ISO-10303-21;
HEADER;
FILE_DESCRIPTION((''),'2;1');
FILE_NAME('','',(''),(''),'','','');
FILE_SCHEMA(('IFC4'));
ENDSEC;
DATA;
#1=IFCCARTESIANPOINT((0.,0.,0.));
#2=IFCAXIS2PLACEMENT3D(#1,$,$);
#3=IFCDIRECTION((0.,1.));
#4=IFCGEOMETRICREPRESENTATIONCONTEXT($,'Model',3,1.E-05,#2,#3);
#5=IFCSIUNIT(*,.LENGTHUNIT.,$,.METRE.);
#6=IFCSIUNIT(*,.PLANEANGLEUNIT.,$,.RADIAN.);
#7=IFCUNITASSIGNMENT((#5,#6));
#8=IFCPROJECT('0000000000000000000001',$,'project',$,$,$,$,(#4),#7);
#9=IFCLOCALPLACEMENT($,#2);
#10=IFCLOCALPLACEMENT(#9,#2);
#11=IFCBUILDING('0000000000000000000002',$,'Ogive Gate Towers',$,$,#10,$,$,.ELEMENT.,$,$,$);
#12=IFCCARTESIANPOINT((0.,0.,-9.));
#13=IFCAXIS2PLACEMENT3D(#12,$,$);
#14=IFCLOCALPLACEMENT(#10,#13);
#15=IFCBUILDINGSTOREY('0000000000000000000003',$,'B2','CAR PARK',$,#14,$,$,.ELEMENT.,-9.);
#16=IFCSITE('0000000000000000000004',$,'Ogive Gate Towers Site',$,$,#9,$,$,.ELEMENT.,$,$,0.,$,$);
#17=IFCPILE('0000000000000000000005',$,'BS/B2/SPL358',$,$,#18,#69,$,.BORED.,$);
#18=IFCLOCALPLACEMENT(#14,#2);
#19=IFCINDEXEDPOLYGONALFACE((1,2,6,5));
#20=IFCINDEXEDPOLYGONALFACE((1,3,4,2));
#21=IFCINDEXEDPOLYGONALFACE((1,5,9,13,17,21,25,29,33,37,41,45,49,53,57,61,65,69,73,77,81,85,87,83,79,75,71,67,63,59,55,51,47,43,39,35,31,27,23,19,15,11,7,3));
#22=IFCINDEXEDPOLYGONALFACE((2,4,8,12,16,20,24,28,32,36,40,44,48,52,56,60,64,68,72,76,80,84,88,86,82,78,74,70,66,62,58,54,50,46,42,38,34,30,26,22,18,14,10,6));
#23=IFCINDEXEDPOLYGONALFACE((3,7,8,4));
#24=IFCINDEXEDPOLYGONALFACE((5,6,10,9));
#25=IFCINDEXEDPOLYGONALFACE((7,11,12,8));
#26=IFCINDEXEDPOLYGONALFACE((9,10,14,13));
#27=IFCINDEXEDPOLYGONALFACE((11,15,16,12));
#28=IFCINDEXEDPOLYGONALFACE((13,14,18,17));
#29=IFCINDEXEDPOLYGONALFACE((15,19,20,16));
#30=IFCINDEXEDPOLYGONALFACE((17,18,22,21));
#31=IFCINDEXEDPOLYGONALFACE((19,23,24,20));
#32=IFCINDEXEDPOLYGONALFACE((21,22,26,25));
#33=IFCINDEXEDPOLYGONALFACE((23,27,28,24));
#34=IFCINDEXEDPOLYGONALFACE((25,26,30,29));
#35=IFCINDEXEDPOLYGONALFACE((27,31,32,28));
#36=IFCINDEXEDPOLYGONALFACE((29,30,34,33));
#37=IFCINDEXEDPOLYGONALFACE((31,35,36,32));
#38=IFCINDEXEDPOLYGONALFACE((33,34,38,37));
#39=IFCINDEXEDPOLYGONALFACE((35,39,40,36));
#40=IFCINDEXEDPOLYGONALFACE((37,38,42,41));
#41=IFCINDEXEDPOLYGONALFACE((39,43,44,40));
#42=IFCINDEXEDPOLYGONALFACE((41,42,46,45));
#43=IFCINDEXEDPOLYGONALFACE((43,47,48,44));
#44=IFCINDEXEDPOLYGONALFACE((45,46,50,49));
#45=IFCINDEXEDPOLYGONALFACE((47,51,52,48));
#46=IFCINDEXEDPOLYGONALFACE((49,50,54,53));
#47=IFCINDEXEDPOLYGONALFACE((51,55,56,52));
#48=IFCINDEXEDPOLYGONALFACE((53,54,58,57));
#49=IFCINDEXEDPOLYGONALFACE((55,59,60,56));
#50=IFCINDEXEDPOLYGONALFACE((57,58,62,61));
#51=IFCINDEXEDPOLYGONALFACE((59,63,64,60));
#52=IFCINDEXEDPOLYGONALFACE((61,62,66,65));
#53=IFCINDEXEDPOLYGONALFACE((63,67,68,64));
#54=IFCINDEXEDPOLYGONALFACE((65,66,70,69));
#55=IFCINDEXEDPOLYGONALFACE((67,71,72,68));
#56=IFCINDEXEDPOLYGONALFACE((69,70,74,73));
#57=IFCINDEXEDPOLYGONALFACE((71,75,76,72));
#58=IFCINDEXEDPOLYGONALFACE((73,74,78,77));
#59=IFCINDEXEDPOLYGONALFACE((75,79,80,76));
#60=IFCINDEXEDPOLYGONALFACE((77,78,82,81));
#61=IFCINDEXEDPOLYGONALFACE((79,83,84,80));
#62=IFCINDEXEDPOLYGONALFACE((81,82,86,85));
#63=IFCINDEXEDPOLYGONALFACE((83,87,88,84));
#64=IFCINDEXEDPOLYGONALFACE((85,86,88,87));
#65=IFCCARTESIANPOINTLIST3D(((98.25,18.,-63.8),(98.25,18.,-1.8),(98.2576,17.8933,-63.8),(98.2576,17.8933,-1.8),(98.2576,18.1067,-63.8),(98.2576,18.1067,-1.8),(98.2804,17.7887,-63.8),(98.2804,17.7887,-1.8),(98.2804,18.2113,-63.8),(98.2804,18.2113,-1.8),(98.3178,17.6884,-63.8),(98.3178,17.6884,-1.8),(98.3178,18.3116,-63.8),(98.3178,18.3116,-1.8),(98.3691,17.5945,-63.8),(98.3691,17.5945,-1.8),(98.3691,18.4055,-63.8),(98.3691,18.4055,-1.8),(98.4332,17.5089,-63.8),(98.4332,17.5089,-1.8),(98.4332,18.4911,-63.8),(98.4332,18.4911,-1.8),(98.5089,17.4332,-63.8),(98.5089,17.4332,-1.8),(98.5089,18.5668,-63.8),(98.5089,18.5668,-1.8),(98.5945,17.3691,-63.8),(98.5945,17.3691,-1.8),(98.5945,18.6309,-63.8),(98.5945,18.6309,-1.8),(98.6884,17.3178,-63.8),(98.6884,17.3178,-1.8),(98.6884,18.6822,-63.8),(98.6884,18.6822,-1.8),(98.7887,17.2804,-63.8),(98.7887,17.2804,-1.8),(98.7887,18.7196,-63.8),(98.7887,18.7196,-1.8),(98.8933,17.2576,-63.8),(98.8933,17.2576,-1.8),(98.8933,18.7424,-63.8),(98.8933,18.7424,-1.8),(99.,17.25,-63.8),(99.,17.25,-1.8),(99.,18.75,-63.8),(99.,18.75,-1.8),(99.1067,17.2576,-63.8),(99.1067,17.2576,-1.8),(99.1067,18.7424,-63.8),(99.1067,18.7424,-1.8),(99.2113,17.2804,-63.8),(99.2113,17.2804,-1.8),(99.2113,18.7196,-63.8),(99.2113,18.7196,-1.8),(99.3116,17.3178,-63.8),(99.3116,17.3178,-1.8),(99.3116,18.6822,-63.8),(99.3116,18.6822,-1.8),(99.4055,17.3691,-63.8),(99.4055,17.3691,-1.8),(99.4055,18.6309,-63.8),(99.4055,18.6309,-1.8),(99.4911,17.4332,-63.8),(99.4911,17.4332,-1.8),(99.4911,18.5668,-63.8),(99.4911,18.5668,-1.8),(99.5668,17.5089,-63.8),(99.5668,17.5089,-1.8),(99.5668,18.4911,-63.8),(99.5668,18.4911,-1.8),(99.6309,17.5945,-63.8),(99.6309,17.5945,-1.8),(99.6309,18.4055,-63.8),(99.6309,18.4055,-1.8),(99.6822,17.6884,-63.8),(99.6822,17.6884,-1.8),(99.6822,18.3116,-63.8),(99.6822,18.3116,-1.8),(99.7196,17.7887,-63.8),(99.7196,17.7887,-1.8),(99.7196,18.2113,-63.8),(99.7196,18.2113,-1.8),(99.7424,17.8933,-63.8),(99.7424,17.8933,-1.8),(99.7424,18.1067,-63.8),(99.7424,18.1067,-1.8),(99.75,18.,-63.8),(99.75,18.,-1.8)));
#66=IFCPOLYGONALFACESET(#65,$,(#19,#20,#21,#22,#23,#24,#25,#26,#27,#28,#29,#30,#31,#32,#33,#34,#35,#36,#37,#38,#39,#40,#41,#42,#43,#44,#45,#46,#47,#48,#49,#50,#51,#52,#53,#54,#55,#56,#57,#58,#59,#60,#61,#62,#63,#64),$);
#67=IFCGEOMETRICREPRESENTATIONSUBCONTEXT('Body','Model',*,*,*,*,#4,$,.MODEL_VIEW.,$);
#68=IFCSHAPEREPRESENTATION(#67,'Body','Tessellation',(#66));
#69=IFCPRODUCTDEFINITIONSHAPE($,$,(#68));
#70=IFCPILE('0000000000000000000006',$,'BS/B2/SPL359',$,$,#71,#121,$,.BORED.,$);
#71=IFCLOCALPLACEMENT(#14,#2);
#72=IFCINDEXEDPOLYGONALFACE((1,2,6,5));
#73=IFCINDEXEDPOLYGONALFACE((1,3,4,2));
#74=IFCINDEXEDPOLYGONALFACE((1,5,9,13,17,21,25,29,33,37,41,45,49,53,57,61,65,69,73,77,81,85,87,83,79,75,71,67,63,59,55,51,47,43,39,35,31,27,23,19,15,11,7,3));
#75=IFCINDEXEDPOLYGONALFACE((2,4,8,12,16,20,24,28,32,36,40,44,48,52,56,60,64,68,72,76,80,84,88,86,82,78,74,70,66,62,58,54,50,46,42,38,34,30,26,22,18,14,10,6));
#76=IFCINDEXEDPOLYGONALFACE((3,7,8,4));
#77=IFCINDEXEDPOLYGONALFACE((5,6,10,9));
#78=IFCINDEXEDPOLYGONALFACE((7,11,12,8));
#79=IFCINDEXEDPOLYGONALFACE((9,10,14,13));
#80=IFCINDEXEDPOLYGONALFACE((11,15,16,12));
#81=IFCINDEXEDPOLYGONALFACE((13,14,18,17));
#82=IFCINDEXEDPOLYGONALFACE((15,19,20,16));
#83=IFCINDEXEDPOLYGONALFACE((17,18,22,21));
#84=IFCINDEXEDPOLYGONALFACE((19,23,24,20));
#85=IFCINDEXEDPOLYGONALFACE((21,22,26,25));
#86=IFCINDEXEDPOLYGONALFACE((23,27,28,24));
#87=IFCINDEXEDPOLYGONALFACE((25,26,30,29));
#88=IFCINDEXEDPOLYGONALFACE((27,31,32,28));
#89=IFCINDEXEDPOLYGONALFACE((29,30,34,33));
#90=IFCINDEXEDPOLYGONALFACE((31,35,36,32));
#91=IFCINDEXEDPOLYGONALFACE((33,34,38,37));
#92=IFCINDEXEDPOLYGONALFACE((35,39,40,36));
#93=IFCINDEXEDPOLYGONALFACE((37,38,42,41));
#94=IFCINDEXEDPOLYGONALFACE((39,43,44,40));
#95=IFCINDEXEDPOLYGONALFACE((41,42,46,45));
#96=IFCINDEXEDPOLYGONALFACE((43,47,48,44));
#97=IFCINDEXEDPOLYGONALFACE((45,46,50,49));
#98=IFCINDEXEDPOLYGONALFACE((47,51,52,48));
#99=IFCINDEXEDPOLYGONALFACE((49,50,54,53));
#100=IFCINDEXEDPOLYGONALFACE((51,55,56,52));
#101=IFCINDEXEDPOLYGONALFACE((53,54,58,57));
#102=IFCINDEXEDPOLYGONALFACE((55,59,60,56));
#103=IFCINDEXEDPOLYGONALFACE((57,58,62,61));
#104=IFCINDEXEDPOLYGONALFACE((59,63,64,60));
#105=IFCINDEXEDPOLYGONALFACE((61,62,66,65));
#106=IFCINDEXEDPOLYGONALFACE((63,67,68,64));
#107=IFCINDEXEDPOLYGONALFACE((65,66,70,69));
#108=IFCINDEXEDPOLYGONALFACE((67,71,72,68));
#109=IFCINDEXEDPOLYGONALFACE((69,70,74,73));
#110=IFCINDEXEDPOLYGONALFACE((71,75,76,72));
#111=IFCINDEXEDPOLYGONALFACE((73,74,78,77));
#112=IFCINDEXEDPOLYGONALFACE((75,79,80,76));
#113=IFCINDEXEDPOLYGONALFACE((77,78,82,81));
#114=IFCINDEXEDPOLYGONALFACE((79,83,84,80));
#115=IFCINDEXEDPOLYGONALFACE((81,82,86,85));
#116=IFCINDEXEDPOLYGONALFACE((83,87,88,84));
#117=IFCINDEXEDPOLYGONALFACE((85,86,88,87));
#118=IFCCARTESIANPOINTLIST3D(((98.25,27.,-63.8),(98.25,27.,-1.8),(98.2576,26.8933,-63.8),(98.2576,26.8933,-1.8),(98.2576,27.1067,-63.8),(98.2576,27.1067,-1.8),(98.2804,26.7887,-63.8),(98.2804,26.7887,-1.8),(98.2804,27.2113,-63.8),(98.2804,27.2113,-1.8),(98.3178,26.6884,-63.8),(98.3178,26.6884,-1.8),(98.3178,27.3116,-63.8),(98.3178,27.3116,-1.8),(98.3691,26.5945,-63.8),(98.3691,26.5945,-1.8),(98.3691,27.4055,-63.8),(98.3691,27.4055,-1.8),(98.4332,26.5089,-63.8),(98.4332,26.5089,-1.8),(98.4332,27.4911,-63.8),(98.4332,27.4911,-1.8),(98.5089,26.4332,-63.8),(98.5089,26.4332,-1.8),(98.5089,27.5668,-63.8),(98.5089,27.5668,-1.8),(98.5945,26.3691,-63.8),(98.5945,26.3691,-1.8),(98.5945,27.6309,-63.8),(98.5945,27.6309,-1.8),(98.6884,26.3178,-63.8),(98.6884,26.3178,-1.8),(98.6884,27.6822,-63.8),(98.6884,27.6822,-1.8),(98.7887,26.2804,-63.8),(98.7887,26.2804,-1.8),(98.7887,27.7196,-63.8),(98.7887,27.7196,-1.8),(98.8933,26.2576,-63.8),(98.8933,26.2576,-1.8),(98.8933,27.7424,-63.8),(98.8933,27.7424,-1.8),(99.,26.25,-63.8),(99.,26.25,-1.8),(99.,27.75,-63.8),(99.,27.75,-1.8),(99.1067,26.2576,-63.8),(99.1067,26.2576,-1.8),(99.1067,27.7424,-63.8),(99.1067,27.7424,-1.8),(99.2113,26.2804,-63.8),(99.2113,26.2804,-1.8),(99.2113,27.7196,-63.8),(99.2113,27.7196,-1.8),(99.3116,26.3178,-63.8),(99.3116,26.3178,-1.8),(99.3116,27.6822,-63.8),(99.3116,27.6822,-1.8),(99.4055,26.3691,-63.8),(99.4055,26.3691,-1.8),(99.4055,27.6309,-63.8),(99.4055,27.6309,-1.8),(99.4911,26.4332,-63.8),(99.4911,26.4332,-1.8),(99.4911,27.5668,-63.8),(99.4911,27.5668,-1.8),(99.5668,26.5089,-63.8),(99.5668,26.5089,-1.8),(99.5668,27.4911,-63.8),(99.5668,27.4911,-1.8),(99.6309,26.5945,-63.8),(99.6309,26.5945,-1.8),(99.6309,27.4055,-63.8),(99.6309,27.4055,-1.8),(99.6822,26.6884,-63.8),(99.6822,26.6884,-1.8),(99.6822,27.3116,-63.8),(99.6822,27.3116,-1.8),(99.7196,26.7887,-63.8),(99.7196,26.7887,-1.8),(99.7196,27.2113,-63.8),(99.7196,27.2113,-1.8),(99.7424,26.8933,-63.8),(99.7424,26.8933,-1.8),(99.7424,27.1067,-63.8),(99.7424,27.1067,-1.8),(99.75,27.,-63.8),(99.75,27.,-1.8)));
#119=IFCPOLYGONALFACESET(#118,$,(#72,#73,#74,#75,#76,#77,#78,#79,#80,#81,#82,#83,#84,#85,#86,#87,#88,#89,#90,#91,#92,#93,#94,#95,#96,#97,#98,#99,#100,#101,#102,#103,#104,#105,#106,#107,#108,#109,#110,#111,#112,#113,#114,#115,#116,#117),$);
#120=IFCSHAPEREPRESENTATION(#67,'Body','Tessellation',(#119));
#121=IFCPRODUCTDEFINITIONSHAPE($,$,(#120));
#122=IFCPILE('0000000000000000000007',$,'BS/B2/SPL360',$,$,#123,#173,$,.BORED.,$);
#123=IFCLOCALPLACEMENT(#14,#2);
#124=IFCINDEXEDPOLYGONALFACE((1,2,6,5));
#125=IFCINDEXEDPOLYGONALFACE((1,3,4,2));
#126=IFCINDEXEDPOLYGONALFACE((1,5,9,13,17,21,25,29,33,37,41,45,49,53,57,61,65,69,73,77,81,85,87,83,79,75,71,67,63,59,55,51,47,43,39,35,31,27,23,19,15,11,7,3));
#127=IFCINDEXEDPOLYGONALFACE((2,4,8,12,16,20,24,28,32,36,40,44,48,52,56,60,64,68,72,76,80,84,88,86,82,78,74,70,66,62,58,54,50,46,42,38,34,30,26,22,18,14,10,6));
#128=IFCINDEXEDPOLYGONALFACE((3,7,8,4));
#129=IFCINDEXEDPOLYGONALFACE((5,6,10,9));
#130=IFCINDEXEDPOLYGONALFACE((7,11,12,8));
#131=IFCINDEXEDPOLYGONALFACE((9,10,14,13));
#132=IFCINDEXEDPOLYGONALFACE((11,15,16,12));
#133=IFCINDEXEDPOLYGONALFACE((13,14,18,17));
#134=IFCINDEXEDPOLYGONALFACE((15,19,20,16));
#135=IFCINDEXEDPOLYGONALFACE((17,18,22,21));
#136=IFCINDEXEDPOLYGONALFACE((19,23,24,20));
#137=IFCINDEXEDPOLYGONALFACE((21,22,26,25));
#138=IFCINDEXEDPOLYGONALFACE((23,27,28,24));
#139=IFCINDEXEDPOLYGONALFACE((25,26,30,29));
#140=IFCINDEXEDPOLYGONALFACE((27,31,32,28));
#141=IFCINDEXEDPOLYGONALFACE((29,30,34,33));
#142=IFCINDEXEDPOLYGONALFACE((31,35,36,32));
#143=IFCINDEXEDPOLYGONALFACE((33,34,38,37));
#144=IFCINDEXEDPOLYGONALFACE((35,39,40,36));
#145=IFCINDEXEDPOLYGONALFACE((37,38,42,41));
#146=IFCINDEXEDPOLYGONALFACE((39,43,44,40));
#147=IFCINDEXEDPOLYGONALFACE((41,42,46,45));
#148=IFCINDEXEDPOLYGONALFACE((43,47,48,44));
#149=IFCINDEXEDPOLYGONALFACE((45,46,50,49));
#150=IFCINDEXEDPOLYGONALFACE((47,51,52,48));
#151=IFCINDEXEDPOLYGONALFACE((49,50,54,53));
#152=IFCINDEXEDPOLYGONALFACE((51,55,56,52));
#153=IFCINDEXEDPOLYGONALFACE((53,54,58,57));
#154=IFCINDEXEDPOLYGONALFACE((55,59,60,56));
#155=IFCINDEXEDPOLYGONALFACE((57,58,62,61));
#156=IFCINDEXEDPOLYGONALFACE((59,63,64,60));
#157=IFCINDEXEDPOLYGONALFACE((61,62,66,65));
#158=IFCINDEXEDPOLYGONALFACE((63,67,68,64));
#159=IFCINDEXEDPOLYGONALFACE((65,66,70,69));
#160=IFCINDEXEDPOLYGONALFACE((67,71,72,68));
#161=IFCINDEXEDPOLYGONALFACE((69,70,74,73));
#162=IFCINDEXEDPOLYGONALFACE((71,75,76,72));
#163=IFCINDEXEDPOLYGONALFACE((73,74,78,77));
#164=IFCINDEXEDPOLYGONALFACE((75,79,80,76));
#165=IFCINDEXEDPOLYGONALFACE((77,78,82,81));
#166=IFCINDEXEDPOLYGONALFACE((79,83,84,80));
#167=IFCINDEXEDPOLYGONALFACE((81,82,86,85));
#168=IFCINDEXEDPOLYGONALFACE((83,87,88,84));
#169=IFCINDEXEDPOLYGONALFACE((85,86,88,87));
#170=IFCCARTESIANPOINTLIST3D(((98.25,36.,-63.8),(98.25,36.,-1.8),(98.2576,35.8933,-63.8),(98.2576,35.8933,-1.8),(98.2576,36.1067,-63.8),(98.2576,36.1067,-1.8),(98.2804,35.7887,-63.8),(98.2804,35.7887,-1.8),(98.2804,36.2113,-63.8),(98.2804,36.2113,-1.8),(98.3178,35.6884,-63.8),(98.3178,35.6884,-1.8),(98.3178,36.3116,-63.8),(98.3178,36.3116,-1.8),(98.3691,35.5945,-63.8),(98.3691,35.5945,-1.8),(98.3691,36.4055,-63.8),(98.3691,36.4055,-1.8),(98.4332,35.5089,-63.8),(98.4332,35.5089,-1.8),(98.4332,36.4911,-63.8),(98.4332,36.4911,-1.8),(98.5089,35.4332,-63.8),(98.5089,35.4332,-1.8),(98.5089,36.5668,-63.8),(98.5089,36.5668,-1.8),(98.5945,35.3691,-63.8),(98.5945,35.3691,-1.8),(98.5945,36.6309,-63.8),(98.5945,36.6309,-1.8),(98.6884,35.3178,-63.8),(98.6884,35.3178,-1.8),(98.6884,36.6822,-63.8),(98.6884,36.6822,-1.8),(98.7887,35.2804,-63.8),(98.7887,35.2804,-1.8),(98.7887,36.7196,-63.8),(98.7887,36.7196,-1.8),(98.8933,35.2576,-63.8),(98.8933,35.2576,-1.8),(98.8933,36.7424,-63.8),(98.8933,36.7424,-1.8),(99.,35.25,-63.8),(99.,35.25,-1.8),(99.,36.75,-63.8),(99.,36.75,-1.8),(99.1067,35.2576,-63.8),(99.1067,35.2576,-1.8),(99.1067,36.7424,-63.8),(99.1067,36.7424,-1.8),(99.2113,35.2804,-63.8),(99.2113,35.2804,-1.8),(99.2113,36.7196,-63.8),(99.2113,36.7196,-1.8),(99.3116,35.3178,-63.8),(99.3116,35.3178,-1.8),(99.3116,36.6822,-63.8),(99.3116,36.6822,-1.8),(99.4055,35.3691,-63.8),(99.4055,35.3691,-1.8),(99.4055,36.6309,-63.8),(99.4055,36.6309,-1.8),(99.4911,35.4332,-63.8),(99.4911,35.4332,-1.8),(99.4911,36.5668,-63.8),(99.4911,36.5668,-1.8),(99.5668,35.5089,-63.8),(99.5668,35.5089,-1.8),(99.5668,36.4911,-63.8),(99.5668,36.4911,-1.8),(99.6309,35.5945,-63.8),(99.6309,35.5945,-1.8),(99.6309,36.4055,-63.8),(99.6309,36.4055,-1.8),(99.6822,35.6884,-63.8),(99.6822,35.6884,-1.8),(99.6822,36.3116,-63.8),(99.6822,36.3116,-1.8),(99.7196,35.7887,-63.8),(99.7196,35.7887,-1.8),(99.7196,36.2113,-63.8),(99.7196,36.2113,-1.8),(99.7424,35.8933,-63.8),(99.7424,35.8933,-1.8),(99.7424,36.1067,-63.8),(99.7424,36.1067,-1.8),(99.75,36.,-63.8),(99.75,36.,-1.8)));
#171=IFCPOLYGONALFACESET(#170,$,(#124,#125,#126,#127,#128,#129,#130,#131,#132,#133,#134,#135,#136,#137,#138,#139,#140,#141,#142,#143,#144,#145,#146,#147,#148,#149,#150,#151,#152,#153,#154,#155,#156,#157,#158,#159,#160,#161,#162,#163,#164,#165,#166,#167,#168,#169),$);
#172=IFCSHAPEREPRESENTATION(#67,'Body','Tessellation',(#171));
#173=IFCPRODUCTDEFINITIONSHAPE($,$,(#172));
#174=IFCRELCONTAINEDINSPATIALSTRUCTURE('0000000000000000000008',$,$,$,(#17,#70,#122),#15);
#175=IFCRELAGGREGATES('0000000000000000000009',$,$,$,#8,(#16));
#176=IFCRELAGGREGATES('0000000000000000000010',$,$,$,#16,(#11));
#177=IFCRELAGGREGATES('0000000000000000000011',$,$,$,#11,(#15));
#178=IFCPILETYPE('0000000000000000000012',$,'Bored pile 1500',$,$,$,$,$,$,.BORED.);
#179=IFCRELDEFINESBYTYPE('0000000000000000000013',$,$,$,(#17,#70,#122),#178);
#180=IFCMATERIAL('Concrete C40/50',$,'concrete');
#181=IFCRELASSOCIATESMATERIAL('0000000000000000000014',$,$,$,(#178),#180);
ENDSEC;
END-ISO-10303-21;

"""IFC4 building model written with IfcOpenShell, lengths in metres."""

from ifc_helpers import new_model, si_unit, direction, frame, origin, origin_2d, place, context, subcontext, project, spatial, circle, extrude, material, material_profile, profile_set, type_object, element, save


model = new_model("IFC4")

# Units and contexts
model_context = context("Model", 3, precision=1e-05, world=origin(), true_north=direction((0.0, 1.0)))
body_context = subcontext(model_context, "Body", "Model", "MODEL_VIEW")
ifc_project = project(units=[si_unit("LENGTHUNIT", "METRE"), si_unit("PLANEANGLEUNIT", "RADIAN")], contexts=[model_context])

# Site, building, storey
site_placement = place(None, origin())
site = spatial("IfcSite", under=ifc_project, at=site_placement, Name="Ogive Gate Towers Site", CompositionType="ELEMENT", RefElevation=0.0)
building_placement = place(site_placement, origin())
building = spatial("IfcBuilding", under=site, at=building_placement, Name="Ogive Gate Towers", CompositionType="ELEMENT")
storey_placement = place(building_placement, frame((0.0, 0.0, -9.0)))
storey = spatial("IfcBuildingStorey", under=building, at=storey_placement, Name="B2", Description="CAR PARK", CompositionType="ELEMENT", Elevation=-9.0)

# Piles
ifc_material_1 = material(Name="Concrete C40/50", Category="concrete")
ifc_material_profile_1 = material_profile(ifc_material_1, circle(Radius=0.75, at=origin_2d()), Name="BP 1500")
ifc_profile_set_1 = profile_set([ifc_material_profile_1], Name="Concrete C40/50")
pile_type = type_object("IfcPileType", Name="Bored pile 1500", PredefinedType="BORED", material=ifc_profile_set_1)
for number, where, z_axis, x_axis, name in (
    (1, (99.0, 18.0, -1.8), (0.0, 0.0, -1.0), (1.0, 0.0, 0.0), "BS/B2/SPL358"),
    (2, (99.0, 27.0, -1.8), (0.0, 0.0, -1.0), (1.0, 0.0, 0.0), "BS/B2/SPL359"),
    (3, (99.0, 36.0, -1.8), (0.0, 0.0, -1.0), (1.0, 0.0, 0.0), "BS/B2/SPL360"),
):
    element("IfcPile", number, at=place(storey_placement, frame(where, z_axis=z_axis, x_axis=x_axis)), inside=storey, type_object=pile_type, Name=name, PredefinedType="BORED", context=body_context, shape_type="SweptSolid", body=[
        extrude(circle(Radius=0.75, at=origin_2d()), origin(), (0.0, 0.0, 1.0), 62.0),
    ])

save(model, "model.ifc")
